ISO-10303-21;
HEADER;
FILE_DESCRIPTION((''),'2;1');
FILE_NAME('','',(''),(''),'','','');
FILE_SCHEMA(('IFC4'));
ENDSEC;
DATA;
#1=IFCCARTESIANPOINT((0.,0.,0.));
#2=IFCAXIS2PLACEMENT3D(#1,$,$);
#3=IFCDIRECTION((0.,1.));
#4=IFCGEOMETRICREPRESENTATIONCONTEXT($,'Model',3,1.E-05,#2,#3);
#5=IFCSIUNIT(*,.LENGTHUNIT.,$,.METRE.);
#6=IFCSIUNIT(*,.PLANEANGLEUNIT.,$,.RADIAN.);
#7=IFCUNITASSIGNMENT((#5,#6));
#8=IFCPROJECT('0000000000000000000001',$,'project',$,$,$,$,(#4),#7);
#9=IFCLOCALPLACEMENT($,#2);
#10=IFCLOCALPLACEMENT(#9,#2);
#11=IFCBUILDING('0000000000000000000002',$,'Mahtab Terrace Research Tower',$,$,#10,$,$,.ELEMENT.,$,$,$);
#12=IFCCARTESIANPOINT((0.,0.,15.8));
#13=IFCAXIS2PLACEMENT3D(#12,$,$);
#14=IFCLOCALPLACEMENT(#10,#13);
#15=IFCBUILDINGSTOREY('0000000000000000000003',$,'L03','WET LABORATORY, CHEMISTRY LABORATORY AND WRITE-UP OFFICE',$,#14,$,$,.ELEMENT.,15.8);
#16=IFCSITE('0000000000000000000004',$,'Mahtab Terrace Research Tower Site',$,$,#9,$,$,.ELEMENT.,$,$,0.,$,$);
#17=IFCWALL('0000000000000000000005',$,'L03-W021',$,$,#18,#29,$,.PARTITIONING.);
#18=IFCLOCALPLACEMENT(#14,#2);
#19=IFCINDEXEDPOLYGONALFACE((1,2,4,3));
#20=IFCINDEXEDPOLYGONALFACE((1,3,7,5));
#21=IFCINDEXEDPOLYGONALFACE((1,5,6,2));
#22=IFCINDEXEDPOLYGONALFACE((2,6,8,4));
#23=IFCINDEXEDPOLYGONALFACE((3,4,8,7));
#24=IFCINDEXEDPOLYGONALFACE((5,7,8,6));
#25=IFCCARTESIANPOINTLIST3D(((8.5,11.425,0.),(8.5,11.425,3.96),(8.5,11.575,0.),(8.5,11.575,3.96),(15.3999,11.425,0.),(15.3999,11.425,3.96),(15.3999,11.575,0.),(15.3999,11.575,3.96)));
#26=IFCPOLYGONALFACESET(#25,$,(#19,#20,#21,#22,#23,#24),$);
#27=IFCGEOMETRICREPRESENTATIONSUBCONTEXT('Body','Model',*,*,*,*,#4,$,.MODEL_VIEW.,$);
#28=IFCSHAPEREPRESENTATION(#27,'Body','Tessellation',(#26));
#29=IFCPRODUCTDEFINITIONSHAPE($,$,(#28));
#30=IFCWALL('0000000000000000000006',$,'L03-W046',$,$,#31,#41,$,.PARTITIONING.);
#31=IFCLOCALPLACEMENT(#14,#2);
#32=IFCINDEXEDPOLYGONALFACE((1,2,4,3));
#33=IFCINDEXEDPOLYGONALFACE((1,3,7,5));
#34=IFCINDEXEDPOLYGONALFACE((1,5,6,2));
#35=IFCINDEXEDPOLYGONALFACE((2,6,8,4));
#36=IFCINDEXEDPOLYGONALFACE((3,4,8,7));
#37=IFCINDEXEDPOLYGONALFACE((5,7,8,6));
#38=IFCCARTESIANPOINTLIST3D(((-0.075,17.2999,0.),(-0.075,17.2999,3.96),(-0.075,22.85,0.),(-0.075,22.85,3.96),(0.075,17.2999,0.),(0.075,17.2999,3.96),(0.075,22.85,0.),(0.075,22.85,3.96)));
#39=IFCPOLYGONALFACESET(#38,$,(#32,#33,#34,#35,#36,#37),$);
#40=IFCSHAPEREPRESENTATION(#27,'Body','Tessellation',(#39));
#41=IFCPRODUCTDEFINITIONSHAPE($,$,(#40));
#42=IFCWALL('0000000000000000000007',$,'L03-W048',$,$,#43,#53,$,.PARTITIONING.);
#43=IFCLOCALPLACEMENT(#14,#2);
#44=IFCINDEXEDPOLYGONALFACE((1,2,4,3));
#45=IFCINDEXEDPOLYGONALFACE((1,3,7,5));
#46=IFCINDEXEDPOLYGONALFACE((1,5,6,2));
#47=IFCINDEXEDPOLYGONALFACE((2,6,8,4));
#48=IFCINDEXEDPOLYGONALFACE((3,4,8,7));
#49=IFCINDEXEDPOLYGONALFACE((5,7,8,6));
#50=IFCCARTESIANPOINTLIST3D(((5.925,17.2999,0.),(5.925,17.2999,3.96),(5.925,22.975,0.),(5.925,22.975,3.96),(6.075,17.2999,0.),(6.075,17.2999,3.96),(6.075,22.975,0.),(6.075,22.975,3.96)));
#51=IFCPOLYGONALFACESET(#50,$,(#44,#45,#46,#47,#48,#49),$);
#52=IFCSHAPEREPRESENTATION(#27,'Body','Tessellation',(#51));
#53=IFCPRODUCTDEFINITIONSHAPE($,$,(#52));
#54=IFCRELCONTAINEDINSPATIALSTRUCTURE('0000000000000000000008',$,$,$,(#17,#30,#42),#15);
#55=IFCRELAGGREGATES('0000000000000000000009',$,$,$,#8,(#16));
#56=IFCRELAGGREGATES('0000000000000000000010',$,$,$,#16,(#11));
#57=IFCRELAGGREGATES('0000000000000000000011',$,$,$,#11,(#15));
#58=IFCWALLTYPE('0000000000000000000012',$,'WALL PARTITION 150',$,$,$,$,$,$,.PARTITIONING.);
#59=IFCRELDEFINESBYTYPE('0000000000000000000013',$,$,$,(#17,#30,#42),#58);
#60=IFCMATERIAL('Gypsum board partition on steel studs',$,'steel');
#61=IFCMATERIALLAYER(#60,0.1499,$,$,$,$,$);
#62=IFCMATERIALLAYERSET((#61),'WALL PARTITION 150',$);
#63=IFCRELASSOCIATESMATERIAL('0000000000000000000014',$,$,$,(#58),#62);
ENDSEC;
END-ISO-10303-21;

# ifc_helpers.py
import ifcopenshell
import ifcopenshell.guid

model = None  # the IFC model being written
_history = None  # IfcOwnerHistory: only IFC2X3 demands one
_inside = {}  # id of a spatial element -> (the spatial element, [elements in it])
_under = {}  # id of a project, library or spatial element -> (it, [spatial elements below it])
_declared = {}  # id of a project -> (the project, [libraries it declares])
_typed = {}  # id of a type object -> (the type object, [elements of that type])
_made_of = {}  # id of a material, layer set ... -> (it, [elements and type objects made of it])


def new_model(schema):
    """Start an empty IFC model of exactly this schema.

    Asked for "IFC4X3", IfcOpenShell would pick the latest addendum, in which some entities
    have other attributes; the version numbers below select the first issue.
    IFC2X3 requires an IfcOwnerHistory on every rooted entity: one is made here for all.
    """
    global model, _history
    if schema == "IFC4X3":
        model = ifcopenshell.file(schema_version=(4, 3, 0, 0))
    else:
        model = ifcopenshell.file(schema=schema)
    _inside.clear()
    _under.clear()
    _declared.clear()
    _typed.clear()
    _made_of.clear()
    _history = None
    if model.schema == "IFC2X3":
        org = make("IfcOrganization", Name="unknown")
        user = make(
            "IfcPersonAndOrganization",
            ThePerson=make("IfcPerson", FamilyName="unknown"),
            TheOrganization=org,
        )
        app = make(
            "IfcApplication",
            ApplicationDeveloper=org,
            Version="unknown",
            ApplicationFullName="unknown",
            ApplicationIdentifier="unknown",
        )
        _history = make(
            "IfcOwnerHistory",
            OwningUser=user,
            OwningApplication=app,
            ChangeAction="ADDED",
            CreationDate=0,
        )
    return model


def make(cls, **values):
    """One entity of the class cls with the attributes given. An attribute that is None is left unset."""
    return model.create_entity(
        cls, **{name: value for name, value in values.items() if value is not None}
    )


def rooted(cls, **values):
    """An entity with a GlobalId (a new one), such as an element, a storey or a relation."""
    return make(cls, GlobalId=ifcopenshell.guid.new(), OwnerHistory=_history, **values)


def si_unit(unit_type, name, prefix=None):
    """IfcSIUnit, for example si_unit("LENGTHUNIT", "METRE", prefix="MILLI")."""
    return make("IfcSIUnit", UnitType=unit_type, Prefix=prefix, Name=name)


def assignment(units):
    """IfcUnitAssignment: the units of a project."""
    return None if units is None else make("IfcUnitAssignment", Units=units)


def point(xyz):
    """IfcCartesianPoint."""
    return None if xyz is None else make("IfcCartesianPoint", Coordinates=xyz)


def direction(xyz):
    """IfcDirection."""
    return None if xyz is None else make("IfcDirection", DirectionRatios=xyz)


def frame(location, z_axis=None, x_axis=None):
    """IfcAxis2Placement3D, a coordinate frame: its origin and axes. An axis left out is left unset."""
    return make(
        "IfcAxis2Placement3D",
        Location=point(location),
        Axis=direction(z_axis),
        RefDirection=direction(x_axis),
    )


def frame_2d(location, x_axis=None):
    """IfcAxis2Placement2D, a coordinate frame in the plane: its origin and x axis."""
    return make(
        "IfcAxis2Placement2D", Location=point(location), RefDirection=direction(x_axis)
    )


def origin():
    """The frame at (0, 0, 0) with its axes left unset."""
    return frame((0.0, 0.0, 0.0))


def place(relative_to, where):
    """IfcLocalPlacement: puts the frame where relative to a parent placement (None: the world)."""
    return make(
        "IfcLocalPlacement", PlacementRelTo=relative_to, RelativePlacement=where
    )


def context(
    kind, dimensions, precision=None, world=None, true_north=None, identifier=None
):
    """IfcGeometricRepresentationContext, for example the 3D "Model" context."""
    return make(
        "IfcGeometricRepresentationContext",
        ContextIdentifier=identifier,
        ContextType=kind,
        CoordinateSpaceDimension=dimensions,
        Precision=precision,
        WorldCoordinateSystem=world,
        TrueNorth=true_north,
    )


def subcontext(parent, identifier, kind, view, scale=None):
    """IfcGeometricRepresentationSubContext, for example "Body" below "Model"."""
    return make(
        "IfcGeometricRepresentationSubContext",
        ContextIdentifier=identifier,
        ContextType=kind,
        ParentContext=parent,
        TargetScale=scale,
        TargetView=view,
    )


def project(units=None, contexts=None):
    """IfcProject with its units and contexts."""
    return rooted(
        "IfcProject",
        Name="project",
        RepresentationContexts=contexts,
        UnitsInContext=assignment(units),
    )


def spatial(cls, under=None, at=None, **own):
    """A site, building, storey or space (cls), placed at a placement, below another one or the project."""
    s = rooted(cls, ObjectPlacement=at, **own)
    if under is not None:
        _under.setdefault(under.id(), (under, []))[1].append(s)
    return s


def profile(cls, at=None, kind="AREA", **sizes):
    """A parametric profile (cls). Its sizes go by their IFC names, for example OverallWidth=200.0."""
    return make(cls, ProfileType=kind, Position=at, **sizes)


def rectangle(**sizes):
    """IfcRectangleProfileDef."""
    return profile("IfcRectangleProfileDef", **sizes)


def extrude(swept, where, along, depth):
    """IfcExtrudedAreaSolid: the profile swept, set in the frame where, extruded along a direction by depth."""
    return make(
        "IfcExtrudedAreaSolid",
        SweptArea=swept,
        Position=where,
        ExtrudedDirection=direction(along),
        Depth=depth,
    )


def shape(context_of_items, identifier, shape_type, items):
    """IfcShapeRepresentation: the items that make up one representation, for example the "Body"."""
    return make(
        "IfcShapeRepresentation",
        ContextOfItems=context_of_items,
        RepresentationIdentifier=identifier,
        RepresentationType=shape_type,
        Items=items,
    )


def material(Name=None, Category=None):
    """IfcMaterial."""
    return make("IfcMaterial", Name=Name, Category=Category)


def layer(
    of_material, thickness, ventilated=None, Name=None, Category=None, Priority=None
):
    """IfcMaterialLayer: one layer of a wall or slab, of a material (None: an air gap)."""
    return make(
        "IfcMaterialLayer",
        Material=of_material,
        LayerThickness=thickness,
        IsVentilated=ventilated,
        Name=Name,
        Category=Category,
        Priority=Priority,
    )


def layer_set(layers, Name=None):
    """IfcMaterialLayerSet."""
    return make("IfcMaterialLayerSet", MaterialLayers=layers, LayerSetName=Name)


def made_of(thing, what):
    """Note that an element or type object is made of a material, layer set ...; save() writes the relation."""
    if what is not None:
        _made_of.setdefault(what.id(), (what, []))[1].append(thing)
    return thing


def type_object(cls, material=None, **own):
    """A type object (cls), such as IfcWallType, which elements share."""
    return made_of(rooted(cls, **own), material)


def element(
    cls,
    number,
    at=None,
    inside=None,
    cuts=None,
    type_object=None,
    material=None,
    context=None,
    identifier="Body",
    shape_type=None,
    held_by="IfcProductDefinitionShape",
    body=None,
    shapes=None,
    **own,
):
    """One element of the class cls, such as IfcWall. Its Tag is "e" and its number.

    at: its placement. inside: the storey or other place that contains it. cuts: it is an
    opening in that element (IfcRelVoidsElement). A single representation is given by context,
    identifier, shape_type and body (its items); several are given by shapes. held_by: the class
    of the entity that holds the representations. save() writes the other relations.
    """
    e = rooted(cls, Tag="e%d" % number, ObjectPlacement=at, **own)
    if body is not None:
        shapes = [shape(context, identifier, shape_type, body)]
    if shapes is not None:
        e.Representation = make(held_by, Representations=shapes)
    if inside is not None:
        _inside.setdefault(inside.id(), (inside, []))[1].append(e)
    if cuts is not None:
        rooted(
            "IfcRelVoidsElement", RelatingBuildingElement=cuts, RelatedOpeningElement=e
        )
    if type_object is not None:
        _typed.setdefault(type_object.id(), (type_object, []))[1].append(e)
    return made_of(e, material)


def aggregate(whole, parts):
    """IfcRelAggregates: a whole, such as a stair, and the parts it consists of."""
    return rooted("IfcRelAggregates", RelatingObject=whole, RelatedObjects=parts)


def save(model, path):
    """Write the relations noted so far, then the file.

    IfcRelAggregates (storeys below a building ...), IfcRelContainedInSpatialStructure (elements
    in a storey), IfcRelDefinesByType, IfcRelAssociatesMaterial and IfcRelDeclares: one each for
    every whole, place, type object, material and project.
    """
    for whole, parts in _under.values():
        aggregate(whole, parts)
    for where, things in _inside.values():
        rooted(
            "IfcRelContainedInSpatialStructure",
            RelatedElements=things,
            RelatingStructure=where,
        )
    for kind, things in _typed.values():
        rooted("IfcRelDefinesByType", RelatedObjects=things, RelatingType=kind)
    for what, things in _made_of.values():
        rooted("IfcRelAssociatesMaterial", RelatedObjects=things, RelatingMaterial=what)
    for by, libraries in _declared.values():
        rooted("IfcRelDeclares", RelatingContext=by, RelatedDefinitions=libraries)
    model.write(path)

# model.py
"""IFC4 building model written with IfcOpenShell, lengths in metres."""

from ifc_helpers import new_model, si_unit, direction, frame, frame_2d, origin, place, context, subcontext, project, spatial, rectangle, extrude, material, layer, layer_set, type_object, element, save


model = new_model("IFC4")

# Units and contexts
model_context = context("Model", 3, precision=1e-05, world=origin(), true_north=direction((0.0, 1.0)))
body_context = subcontext(model_context, "Body", "Model", "MODEL_VIEW")
ifc_project = project(units=[si_unit("LENGTHUNIT", "METRE"), si_unit("PLANEANGLEUNIT", "RADIAN")], contexts=[model_context])

# Site, building, storey
site_placement = place(None, origin())
site = spatial("IfcSite", under=ifc_project, at=site_placement, Name="Mahtab Terrace Research Tower Site", CompositionType="ELEMENT", RefElevation=0.0)
building_placement = place(site_placement, origin())
building = spatial("IfcBuilding", under=site, at=building_placement, Name="Mahtab Terrace Research Tower", CompositionType="ELEMENT")
storey_placement = place(building_placement, frame((0.0, 0.0, 15.8)))
storey = spatial("IfcBuildingStorey", under=building, at=storey_placement, Name="L03", Description="WET LABORATORY, CHEMISTRY LABORATORY AND WRITE-UP OFFICE", CompositionType="ELEMENT", Elevation=15.8)

# Walls
ifc_material_1 = material(Name="Gypsum board partition on steel studs", Category="steel")
ifc_layer_1 = layer(ifc_material_1, 0.1499)
ifc_layer_set_1 = layer_set([ifc_layer_1], Name="WALL PARTITION 150")
wall_type_1 = type_object("IfcWallType", Name="WALL PARTITION 150", PredefinedType="PARTITIONING", material=ifc_layer_set_1)
wall_1_placement = place(storey_placement, frame((8.5, 11.5, 0.0), z_axis=(0.0, 0.0, 1.0), x_axis=(1.0, 0.0, 0.0)))
element("IfcWall", 1, at=wall_1_placement, inside=storey, type_object=wall_type_1, Name="L03-W021", PredefinedType="PARTITIONING", context=body_context, shape_type="SweptSolid", body=[
    extrude(rectangle(XDim=6.8999, YDim=0.1499, at=frame_2d((3.45, 0.0))), origin(), (0.0, 0.0, 1.0), 3.96),
])
wall_2_placement = place(storey_placement, frame((0.0, 17.3, 0.0), z_axis=(0.0, 0.0, 1.0), x_axis=(0.0, 1.0, 0.0)))
element("IfcWall", 2, at=wall_2_placement, inside=storey, type_object=wall_type_1, Name="L03-W046", PredefinedType="PARTITIONING", context=body_context, shape_type="SweptSolid", body=[
    extrude(rectangle(XDim=5.55, YDim=0.1499, at=frame_2d((2.7749, 0.0))), origin(), (0.0, 0.0, 1.0), 3.96),
])
wall_3_placement = place(storey_placement, frame((6.0, 17.3, 0.0), z_axis=(0.0, 0.0, 1.0), x_axis=(0.0, 1.0, 0.0)))
element("IfcWall", 3, at=wall_3_placement, inside=storey, type_object=wall_type_1, Name="L03-W048", PredefinedType="PARTITIONING", context=body_context, shape_type="SweptSolid", body=[
    extrude(rectangle(XDim=5.675, YDim=0.1499, at=frame_2d((2.8374, 0.0))), origin(), (0.0, 0.0, 1.0), 3.96),
])

save(model, "model.ifc")
